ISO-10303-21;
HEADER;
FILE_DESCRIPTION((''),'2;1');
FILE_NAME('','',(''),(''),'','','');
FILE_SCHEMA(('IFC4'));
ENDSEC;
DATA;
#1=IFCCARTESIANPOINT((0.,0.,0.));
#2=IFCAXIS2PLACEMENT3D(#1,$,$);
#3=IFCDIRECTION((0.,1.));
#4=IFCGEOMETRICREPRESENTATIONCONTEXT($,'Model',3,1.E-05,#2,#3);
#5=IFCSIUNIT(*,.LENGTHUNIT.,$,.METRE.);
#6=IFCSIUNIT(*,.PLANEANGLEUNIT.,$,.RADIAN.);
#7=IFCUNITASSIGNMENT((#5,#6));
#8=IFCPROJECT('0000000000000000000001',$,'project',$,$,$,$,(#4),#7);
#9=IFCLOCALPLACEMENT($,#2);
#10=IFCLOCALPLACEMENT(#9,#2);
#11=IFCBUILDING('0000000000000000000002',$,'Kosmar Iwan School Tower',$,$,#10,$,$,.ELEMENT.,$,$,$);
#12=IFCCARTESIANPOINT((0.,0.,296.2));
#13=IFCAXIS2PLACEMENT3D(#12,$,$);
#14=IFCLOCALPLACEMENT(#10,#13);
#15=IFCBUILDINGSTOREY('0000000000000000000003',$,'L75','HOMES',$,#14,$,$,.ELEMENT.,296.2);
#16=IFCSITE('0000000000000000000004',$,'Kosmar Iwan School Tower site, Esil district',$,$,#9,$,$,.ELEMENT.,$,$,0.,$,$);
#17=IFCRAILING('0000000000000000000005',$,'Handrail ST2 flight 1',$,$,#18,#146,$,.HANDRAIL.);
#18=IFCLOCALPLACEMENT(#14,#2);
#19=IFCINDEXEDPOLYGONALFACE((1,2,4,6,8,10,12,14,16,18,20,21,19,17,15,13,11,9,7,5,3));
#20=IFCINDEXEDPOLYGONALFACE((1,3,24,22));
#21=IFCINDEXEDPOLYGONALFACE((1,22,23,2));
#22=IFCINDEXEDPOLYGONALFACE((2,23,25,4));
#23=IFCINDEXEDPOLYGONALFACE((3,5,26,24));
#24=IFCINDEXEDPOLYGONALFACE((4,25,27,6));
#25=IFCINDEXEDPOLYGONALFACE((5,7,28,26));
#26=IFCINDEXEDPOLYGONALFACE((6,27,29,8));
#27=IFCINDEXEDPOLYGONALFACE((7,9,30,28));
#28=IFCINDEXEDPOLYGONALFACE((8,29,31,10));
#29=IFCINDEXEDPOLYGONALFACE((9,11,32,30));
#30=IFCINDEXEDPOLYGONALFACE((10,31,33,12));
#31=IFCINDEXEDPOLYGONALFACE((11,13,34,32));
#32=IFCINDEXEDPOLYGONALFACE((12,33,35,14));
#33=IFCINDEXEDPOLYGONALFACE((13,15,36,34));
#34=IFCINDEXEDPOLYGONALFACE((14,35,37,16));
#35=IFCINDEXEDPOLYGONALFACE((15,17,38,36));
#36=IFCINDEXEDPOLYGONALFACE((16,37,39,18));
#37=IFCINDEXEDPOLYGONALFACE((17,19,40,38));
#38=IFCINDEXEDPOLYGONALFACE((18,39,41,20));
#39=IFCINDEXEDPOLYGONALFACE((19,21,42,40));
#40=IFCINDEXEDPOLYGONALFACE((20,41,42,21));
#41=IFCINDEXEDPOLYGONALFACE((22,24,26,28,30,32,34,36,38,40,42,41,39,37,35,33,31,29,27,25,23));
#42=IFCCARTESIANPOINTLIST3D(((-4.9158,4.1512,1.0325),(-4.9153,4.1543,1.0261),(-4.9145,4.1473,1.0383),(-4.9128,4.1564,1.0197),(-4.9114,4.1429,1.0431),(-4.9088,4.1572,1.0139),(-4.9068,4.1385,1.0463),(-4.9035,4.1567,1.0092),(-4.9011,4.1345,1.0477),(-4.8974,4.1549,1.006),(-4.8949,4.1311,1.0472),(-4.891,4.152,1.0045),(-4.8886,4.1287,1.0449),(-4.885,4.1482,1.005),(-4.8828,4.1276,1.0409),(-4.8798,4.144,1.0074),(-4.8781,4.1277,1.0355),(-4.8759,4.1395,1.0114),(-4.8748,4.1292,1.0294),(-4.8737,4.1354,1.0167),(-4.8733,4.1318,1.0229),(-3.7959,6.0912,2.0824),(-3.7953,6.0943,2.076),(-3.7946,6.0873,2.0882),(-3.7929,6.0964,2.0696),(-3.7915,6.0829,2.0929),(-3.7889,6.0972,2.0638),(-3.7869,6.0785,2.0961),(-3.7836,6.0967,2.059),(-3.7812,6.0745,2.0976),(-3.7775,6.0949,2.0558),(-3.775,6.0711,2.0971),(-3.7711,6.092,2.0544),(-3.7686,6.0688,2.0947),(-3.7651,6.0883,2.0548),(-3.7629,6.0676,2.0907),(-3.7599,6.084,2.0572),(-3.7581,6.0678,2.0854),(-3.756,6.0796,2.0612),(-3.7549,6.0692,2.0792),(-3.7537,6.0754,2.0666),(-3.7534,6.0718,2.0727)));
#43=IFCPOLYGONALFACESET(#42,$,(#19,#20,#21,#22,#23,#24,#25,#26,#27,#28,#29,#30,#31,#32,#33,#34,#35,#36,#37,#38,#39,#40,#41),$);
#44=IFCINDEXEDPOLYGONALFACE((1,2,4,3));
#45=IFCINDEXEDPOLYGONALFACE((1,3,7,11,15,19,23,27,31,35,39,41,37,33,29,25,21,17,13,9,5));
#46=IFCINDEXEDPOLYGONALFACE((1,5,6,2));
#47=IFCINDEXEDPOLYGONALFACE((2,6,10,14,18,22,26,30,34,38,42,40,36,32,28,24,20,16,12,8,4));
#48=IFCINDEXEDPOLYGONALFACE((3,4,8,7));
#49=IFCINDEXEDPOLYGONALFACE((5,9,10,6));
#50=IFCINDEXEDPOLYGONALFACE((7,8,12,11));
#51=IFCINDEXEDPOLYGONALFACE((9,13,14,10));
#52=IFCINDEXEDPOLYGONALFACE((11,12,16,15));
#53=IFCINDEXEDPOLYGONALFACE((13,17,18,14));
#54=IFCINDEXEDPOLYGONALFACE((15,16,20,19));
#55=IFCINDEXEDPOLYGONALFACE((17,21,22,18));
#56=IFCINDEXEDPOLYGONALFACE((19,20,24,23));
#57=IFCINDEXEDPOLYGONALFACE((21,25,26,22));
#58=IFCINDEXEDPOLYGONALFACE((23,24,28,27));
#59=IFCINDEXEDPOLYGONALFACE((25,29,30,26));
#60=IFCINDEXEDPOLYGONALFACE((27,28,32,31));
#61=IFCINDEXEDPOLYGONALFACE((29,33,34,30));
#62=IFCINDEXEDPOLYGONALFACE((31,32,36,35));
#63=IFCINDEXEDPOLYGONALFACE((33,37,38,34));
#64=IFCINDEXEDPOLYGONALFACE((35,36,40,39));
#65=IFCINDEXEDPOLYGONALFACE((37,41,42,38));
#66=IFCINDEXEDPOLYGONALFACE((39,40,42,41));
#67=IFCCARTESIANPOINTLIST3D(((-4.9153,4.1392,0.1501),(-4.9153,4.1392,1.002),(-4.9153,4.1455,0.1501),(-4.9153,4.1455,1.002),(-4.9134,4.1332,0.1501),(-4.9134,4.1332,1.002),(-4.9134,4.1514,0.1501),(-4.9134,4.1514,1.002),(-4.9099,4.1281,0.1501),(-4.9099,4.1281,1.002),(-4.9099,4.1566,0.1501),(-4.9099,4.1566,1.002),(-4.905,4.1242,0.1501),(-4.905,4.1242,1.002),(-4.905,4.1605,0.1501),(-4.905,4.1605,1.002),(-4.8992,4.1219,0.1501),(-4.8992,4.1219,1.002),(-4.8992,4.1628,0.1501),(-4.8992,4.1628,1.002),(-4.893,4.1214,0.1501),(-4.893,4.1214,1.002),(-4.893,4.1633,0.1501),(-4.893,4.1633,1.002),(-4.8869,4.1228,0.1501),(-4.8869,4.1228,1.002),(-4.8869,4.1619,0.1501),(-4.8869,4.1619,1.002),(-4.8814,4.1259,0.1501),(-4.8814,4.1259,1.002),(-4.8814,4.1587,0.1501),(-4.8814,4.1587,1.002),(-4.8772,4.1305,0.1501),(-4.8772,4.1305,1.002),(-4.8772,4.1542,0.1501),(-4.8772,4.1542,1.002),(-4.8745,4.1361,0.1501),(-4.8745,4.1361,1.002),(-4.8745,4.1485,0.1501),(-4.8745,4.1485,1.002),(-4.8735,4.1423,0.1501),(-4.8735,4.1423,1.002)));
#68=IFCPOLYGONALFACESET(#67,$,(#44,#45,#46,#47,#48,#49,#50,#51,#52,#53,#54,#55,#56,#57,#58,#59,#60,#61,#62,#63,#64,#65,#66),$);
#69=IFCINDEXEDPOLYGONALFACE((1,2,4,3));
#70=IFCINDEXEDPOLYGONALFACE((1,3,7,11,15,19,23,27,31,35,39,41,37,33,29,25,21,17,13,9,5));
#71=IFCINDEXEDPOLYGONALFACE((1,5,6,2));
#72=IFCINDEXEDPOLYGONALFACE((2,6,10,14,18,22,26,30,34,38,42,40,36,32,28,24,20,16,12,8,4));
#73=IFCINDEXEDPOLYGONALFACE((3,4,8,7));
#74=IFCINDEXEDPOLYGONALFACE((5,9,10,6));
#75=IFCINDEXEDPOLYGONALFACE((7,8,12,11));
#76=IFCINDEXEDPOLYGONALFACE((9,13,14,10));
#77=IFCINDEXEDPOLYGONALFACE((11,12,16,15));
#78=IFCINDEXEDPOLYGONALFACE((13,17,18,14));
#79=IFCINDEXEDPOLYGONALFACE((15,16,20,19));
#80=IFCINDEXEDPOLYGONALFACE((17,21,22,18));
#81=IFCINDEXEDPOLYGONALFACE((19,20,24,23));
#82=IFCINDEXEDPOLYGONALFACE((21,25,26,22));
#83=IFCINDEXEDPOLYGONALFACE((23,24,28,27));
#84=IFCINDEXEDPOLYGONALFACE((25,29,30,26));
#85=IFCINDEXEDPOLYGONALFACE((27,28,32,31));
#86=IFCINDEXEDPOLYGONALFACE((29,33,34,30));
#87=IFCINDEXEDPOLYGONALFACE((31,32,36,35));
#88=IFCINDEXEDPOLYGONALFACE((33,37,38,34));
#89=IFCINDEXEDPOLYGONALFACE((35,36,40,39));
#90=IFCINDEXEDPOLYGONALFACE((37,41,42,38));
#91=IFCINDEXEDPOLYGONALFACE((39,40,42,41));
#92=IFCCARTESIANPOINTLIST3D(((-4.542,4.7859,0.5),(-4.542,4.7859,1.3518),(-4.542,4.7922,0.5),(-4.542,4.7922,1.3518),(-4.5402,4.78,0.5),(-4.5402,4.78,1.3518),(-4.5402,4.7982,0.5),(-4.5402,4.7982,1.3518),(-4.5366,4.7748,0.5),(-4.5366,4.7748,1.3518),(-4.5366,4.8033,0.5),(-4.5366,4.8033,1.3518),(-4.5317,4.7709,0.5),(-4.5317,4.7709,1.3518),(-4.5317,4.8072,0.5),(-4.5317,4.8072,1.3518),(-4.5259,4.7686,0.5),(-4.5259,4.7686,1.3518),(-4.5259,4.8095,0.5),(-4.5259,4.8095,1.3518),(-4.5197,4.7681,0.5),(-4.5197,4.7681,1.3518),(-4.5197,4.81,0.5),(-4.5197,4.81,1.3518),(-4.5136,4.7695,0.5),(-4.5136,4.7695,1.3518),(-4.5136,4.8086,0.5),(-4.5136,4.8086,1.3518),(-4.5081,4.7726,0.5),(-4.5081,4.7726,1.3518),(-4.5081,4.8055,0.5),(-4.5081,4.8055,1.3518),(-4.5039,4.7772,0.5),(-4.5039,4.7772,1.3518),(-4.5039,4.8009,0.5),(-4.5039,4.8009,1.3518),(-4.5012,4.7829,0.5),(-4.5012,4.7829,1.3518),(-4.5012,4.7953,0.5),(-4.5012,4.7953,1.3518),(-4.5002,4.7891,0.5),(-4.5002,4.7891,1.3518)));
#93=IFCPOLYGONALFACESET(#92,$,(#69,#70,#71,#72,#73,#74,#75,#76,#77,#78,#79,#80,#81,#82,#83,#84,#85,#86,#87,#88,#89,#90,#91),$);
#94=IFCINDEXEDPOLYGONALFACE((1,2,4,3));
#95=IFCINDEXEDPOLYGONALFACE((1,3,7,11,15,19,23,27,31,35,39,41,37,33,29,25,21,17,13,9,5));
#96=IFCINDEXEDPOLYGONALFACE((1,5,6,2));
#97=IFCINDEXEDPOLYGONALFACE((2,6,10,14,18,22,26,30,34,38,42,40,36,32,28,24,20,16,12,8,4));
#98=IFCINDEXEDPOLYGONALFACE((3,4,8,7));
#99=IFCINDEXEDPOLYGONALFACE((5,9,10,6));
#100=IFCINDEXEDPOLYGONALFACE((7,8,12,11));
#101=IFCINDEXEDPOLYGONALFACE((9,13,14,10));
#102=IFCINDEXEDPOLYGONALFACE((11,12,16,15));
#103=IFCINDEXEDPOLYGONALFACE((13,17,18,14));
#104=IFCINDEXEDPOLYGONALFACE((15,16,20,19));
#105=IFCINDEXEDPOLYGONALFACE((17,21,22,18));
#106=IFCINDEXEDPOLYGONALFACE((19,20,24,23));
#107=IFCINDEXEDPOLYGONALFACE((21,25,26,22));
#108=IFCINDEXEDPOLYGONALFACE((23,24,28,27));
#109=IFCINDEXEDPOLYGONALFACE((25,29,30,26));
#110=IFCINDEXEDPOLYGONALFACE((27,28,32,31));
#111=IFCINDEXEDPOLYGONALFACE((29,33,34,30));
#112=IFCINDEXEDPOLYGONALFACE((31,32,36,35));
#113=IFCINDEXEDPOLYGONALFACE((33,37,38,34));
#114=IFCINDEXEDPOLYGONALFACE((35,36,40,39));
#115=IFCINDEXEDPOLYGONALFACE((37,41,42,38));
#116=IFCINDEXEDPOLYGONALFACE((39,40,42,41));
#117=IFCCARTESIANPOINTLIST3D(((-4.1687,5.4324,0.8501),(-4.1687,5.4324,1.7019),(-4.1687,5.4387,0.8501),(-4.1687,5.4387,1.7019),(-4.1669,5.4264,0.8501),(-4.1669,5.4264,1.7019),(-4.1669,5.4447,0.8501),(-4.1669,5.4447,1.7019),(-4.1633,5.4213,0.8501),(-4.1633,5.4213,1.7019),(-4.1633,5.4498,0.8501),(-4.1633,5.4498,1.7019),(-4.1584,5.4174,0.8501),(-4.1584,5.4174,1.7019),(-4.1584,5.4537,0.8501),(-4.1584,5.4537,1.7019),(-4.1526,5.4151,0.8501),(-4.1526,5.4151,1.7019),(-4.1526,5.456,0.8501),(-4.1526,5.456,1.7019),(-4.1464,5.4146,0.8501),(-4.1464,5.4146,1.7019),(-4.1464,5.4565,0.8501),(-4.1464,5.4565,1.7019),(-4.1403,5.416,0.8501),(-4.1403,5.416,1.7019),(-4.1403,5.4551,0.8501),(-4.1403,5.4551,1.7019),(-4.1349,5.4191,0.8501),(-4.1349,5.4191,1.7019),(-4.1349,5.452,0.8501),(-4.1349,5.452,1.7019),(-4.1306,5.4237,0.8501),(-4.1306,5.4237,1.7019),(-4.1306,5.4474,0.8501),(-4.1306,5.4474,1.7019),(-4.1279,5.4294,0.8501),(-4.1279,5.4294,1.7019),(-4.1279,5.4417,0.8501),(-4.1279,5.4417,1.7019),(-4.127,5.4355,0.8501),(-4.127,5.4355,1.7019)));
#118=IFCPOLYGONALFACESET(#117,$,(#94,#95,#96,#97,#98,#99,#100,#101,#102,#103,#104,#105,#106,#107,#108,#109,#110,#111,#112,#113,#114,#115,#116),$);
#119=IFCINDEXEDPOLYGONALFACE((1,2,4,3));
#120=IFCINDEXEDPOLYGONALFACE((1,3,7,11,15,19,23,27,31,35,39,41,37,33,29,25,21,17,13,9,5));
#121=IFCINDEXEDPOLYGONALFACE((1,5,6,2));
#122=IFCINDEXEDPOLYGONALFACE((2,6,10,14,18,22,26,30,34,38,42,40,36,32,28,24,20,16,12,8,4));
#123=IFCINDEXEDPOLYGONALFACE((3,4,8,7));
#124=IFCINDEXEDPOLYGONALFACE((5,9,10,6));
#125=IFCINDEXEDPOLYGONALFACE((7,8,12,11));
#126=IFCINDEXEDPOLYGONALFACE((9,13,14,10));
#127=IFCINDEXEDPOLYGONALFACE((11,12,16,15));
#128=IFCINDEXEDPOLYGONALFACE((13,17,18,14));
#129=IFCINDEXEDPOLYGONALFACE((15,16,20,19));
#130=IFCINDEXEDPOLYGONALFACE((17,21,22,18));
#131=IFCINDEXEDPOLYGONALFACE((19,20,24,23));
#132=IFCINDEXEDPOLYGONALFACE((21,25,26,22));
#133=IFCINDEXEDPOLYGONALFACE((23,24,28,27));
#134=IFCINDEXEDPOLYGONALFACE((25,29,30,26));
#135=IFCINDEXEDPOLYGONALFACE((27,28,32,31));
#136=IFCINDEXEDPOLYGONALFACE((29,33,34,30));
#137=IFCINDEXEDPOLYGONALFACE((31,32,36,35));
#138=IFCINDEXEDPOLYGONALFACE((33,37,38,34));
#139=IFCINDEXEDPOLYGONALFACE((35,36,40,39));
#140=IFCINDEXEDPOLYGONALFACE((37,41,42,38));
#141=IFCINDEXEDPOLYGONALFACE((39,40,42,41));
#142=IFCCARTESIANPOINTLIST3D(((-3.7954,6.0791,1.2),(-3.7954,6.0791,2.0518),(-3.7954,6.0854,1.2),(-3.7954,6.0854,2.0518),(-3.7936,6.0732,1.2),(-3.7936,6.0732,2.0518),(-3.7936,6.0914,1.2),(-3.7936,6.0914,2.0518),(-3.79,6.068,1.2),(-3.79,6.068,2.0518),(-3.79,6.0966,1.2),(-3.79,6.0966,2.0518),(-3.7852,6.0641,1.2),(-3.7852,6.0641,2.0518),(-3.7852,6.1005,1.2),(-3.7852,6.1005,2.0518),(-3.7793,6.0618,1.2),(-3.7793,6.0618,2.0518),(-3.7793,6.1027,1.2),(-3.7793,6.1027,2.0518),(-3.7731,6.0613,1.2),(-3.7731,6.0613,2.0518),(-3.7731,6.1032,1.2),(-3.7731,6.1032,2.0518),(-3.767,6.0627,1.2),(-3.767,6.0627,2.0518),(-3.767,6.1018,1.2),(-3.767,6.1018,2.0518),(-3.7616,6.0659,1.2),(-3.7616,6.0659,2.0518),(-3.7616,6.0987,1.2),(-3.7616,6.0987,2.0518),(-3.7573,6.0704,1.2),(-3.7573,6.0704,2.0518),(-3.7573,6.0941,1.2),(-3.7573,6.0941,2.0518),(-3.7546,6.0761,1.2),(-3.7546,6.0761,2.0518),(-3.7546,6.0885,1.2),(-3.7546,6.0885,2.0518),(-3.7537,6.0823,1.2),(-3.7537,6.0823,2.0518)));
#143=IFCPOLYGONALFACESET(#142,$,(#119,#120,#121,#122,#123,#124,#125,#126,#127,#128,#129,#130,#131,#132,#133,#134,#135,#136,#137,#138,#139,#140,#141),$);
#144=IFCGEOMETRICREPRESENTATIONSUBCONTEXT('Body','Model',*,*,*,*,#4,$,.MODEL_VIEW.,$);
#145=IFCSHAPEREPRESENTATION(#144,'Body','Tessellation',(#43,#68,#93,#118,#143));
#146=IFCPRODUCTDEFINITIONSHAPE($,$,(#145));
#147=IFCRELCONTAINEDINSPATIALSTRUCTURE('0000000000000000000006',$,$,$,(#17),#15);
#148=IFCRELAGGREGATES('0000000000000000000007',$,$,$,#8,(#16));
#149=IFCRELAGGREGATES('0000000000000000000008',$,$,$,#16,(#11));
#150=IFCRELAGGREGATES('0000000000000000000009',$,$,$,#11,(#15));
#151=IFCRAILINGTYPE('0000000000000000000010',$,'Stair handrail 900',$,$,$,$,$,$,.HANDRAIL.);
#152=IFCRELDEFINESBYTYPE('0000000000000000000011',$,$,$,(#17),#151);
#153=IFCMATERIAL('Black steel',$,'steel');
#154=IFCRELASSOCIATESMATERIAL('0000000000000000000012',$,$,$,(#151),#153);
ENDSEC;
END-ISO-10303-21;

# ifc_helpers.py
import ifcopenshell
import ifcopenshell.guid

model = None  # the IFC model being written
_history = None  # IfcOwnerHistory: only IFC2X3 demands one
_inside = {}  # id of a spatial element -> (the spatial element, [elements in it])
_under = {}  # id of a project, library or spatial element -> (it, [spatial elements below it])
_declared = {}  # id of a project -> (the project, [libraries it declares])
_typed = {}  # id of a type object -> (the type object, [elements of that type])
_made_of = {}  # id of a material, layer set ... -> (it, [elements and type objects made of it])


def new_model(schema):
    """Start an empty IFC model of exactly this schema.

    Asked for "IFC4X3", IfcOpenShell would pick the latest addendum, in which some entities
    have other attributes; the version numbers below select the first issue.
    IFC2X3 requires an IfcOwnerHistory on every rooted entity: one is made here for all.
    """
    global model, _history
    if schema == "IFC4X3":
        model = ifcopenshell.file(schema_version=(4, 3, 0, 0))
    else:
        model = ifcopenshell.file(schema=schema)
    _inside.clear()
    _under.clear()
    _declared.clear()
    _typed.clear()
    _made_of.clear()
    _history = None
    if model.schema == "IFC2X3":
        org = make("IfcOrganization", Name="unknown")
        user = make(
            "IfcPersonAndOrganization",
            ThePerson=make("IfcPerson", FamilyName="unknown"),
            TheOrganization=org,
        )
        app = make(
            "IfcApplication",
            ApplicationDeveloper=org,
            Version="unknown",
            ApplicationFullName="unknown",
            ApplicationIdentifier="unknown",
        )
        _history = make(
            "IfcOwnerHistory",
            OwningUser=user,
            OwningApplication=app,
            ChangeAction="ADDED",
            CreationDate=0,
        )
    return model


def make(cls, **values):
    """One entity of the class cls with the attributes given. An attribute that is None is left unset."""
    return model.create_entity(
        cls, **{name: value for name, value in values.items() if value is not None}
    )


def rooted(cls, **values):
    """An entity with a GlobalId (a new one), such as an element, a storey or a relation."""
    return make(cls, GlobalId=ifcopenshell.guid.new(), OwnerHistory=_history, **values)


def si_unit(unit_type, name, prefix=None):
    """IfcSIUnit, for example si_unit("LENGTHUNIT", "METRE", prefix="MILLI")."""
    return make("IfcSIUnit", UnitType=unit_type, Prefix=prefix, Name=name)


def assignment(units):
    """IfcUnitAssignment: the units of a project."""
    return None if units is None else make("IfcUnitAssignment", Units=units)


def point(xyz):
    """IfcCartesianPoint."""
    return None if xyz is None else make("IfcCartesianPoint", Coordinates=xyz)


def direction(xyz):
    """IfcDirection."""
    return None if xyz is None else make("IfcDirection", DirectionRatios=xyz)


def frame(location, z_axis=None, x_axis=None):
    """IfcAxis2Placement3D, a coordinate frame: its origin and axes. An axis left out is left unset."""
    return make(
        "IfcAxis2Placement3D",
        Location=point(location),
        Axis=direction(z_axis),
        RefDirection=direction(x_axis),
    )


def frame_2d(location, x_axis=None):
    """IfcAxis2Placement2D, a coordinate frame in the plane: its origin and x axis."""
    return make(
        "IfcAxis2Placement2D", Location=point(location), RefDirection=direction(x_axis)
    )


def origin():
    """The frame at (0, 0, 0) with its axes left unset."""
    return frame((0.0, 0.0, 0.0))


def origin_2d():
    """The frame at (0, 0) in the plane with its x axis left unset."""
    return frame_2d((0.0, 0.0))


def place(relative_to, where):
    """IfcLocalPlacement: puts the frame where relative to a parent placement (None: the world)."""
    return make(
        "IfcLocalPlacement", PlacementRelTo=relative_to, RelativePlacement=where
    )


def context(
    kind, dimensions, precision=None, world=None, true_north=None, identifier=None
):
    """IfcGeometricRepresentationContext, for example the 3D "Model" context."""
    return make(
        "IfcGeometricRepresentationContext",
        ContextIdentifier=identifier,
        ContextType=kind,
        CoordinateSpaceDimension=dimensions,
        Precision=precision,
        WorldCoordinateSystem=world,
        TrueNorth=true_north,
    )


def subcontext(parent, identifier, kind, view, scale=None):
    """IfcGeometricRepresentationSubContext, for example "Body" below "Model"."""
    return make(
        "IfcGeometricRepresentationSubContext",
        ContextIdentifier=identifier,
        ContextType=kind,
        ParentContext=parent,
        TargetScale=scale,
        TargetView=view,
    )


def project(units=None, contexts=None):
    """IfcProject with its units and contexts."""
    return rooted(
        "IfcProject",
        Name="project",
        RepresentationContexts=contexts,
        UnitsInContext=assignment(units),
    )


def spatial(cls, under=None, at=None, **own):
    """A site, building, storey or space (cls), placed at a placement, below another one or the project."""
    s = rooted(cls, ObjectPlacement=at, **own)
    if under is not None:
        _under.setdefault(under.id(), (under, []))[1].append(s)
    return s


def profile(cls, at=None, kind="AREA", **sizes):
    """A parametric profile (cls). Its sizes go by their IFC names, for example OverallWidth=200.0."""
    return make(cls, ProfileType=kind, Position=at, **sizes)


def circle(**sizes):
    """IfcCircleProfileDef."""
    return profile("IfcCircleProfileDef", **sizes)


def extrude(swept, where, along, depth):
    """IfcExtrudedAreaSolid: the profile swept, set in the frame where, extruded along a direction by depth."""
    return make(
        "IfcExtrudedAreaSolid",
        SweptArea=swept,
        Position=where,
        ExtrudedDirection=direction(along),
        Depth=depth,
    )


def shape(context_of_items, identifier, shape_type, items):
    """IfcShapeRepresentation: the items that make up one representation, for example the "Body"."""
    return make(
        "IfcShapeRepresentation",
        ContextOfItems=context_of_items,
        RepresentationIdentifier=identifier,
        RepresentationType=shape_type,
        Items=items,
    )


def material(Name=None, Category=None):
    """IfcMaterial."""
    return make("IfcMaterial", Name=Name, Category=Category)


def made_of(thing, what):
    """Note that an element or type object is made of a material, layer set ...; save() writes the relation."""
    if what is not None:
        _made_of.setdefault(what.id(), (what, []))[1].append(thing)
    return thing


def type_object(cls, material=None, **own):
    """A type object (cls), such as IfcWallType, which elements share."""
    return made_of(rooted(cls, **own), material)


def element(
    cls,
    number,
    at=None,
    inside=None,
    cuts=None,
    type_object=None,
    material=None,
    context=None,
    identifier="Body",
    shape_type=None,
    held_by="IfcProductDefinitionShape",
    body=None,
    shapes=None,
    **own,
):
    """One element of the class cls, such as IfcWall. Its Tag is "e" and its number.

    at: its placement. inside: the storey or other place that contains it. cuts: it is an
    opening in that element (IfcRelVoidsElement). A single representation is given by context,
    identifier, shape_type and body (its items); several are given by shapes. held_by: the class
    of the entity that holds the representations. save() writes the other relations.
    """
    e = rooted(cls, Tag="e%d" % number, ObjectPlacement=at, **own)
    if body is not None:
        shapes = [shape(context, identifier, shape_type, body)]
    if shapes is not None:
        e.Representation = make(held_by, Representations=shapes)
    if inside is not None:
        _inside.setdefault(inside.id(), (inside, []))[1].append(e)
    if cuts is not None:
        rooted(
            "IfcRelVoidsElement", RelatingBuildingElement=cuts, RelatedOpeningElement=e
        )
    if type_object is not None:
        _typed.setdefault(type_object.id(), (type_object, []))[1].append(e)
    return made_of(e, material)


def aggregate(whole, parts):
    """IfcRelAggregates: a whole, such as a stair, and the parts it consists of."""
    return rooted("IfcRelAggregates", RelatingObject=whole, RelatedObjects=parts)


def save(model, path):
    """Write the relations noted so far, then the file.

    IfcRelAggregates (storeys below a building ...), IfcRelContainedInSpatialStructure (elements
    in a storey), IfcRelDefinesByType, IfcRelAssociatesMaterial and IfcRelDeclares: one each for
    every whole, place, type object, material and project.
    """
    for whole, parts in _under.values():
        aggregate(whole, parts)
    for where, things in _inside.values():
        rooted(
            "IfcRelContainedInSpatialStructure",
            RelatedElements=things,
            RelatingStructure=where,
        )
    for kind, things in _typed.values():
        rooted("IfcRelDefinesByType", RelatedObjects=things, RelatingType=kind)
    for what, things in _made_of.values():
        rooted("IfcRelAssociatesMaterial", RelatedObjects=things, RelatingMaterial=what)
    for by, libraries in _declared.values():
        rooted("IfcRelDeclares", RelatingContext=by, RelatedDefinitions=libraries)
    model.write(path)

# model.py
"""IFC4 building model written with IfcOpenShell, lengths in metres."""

from ifc_helpers import new_model, si_unit, direction, frame, origin, origin_2d, place, context, subcontext, project, spatial, circle, extrude, material, type_object, element, save


model = new_model("IFC4")

# Units and contexts
model_context = context("Model", 3, precision=1e-05, world=origin(), true_north=direction((0.0, 1.0)))
body_context = subcontext(model_context, "Body", "Model", "MODEL_VIEW")
ifc_project = project(units=[si_unit("LENGTHUNIT", "METRE"), si_unit("PLANEANGLEUNIT", "RADIAN")], contexts=[model_context])

# Site, building, storey
site_placement = place(None, origin())
site = spatial("IfcSite", under=ifc_project, at=site_placement, Name="Kosmar Iwan School Tower site, Esil district", CompositionType="ELEMENT", RefElevation=0.0)
building_placement = place(site_placement, origin())
building = spatial("IfcBuilding", under=site, at=building_placement, Name="Kosmar Iwan School Tower", CompositionType="ELEMENT")
storey_placement = place(building_placement, frame((0.0, 0.0, 296.2)))
storey = spatial("IfcBuildingStorey", under=building, at=storey_placement, Name="L75", Description="HOMES", CompositionType="ELEMENT", Elevation=296.2)

# Railing
ifc_material_1 = material(Name="Black steel", Category="steel")
railing_type = type_object("IfcRailingType", Name="Stair handrail 900", PredefinedType="HANDRAIL", material=ifc_material_1)
railing_1_placement = place(storey_placement, frame((-4.8945, 4.1423, 0.1501)))
element("IfcRailing", 1, at=railing_1_placement, inside=storey, type_object=railing_type, Name="Handrail ST2 flight 1", PredefinedType="HANDRAIL", context=body_context, shape_type="SweptSolid", body=[
    extrude(circle(Radius=0.0239, at=origin_2d()), frame((0.0, 0.0, 0.876), z_axis=(0.452697, 0.784202, 0.424373), x_axis=(-0.866055, 0.499949, 0.0)), (0.0, 0.0, 1.0), 2.4739),
    extrude(circle(Radius=0.021, at=origin_2d()), origin(), (0.0, 0.0, 1.0), 0.8518),
    extrude(circle(Radius=0.021, at=origin_2d()), frame((0.3733, 0.6467, 0.3499)), (0.0, 0.0, 1.0), 0.8518),
    extrude(circle(Radius=0.021, at=origin_2d()), frame((0.7466, 1.2932, 0.7)), (0.0, 0.0, 1.0), 0.8518),
    extrude(circle(Radius=0.021, at=origin_2d()), frame((1.1199, 1.9399, 1.0498)), (0.0, 0.0, 1.0), 0.8518),
])

save(model, "model.ifc")
